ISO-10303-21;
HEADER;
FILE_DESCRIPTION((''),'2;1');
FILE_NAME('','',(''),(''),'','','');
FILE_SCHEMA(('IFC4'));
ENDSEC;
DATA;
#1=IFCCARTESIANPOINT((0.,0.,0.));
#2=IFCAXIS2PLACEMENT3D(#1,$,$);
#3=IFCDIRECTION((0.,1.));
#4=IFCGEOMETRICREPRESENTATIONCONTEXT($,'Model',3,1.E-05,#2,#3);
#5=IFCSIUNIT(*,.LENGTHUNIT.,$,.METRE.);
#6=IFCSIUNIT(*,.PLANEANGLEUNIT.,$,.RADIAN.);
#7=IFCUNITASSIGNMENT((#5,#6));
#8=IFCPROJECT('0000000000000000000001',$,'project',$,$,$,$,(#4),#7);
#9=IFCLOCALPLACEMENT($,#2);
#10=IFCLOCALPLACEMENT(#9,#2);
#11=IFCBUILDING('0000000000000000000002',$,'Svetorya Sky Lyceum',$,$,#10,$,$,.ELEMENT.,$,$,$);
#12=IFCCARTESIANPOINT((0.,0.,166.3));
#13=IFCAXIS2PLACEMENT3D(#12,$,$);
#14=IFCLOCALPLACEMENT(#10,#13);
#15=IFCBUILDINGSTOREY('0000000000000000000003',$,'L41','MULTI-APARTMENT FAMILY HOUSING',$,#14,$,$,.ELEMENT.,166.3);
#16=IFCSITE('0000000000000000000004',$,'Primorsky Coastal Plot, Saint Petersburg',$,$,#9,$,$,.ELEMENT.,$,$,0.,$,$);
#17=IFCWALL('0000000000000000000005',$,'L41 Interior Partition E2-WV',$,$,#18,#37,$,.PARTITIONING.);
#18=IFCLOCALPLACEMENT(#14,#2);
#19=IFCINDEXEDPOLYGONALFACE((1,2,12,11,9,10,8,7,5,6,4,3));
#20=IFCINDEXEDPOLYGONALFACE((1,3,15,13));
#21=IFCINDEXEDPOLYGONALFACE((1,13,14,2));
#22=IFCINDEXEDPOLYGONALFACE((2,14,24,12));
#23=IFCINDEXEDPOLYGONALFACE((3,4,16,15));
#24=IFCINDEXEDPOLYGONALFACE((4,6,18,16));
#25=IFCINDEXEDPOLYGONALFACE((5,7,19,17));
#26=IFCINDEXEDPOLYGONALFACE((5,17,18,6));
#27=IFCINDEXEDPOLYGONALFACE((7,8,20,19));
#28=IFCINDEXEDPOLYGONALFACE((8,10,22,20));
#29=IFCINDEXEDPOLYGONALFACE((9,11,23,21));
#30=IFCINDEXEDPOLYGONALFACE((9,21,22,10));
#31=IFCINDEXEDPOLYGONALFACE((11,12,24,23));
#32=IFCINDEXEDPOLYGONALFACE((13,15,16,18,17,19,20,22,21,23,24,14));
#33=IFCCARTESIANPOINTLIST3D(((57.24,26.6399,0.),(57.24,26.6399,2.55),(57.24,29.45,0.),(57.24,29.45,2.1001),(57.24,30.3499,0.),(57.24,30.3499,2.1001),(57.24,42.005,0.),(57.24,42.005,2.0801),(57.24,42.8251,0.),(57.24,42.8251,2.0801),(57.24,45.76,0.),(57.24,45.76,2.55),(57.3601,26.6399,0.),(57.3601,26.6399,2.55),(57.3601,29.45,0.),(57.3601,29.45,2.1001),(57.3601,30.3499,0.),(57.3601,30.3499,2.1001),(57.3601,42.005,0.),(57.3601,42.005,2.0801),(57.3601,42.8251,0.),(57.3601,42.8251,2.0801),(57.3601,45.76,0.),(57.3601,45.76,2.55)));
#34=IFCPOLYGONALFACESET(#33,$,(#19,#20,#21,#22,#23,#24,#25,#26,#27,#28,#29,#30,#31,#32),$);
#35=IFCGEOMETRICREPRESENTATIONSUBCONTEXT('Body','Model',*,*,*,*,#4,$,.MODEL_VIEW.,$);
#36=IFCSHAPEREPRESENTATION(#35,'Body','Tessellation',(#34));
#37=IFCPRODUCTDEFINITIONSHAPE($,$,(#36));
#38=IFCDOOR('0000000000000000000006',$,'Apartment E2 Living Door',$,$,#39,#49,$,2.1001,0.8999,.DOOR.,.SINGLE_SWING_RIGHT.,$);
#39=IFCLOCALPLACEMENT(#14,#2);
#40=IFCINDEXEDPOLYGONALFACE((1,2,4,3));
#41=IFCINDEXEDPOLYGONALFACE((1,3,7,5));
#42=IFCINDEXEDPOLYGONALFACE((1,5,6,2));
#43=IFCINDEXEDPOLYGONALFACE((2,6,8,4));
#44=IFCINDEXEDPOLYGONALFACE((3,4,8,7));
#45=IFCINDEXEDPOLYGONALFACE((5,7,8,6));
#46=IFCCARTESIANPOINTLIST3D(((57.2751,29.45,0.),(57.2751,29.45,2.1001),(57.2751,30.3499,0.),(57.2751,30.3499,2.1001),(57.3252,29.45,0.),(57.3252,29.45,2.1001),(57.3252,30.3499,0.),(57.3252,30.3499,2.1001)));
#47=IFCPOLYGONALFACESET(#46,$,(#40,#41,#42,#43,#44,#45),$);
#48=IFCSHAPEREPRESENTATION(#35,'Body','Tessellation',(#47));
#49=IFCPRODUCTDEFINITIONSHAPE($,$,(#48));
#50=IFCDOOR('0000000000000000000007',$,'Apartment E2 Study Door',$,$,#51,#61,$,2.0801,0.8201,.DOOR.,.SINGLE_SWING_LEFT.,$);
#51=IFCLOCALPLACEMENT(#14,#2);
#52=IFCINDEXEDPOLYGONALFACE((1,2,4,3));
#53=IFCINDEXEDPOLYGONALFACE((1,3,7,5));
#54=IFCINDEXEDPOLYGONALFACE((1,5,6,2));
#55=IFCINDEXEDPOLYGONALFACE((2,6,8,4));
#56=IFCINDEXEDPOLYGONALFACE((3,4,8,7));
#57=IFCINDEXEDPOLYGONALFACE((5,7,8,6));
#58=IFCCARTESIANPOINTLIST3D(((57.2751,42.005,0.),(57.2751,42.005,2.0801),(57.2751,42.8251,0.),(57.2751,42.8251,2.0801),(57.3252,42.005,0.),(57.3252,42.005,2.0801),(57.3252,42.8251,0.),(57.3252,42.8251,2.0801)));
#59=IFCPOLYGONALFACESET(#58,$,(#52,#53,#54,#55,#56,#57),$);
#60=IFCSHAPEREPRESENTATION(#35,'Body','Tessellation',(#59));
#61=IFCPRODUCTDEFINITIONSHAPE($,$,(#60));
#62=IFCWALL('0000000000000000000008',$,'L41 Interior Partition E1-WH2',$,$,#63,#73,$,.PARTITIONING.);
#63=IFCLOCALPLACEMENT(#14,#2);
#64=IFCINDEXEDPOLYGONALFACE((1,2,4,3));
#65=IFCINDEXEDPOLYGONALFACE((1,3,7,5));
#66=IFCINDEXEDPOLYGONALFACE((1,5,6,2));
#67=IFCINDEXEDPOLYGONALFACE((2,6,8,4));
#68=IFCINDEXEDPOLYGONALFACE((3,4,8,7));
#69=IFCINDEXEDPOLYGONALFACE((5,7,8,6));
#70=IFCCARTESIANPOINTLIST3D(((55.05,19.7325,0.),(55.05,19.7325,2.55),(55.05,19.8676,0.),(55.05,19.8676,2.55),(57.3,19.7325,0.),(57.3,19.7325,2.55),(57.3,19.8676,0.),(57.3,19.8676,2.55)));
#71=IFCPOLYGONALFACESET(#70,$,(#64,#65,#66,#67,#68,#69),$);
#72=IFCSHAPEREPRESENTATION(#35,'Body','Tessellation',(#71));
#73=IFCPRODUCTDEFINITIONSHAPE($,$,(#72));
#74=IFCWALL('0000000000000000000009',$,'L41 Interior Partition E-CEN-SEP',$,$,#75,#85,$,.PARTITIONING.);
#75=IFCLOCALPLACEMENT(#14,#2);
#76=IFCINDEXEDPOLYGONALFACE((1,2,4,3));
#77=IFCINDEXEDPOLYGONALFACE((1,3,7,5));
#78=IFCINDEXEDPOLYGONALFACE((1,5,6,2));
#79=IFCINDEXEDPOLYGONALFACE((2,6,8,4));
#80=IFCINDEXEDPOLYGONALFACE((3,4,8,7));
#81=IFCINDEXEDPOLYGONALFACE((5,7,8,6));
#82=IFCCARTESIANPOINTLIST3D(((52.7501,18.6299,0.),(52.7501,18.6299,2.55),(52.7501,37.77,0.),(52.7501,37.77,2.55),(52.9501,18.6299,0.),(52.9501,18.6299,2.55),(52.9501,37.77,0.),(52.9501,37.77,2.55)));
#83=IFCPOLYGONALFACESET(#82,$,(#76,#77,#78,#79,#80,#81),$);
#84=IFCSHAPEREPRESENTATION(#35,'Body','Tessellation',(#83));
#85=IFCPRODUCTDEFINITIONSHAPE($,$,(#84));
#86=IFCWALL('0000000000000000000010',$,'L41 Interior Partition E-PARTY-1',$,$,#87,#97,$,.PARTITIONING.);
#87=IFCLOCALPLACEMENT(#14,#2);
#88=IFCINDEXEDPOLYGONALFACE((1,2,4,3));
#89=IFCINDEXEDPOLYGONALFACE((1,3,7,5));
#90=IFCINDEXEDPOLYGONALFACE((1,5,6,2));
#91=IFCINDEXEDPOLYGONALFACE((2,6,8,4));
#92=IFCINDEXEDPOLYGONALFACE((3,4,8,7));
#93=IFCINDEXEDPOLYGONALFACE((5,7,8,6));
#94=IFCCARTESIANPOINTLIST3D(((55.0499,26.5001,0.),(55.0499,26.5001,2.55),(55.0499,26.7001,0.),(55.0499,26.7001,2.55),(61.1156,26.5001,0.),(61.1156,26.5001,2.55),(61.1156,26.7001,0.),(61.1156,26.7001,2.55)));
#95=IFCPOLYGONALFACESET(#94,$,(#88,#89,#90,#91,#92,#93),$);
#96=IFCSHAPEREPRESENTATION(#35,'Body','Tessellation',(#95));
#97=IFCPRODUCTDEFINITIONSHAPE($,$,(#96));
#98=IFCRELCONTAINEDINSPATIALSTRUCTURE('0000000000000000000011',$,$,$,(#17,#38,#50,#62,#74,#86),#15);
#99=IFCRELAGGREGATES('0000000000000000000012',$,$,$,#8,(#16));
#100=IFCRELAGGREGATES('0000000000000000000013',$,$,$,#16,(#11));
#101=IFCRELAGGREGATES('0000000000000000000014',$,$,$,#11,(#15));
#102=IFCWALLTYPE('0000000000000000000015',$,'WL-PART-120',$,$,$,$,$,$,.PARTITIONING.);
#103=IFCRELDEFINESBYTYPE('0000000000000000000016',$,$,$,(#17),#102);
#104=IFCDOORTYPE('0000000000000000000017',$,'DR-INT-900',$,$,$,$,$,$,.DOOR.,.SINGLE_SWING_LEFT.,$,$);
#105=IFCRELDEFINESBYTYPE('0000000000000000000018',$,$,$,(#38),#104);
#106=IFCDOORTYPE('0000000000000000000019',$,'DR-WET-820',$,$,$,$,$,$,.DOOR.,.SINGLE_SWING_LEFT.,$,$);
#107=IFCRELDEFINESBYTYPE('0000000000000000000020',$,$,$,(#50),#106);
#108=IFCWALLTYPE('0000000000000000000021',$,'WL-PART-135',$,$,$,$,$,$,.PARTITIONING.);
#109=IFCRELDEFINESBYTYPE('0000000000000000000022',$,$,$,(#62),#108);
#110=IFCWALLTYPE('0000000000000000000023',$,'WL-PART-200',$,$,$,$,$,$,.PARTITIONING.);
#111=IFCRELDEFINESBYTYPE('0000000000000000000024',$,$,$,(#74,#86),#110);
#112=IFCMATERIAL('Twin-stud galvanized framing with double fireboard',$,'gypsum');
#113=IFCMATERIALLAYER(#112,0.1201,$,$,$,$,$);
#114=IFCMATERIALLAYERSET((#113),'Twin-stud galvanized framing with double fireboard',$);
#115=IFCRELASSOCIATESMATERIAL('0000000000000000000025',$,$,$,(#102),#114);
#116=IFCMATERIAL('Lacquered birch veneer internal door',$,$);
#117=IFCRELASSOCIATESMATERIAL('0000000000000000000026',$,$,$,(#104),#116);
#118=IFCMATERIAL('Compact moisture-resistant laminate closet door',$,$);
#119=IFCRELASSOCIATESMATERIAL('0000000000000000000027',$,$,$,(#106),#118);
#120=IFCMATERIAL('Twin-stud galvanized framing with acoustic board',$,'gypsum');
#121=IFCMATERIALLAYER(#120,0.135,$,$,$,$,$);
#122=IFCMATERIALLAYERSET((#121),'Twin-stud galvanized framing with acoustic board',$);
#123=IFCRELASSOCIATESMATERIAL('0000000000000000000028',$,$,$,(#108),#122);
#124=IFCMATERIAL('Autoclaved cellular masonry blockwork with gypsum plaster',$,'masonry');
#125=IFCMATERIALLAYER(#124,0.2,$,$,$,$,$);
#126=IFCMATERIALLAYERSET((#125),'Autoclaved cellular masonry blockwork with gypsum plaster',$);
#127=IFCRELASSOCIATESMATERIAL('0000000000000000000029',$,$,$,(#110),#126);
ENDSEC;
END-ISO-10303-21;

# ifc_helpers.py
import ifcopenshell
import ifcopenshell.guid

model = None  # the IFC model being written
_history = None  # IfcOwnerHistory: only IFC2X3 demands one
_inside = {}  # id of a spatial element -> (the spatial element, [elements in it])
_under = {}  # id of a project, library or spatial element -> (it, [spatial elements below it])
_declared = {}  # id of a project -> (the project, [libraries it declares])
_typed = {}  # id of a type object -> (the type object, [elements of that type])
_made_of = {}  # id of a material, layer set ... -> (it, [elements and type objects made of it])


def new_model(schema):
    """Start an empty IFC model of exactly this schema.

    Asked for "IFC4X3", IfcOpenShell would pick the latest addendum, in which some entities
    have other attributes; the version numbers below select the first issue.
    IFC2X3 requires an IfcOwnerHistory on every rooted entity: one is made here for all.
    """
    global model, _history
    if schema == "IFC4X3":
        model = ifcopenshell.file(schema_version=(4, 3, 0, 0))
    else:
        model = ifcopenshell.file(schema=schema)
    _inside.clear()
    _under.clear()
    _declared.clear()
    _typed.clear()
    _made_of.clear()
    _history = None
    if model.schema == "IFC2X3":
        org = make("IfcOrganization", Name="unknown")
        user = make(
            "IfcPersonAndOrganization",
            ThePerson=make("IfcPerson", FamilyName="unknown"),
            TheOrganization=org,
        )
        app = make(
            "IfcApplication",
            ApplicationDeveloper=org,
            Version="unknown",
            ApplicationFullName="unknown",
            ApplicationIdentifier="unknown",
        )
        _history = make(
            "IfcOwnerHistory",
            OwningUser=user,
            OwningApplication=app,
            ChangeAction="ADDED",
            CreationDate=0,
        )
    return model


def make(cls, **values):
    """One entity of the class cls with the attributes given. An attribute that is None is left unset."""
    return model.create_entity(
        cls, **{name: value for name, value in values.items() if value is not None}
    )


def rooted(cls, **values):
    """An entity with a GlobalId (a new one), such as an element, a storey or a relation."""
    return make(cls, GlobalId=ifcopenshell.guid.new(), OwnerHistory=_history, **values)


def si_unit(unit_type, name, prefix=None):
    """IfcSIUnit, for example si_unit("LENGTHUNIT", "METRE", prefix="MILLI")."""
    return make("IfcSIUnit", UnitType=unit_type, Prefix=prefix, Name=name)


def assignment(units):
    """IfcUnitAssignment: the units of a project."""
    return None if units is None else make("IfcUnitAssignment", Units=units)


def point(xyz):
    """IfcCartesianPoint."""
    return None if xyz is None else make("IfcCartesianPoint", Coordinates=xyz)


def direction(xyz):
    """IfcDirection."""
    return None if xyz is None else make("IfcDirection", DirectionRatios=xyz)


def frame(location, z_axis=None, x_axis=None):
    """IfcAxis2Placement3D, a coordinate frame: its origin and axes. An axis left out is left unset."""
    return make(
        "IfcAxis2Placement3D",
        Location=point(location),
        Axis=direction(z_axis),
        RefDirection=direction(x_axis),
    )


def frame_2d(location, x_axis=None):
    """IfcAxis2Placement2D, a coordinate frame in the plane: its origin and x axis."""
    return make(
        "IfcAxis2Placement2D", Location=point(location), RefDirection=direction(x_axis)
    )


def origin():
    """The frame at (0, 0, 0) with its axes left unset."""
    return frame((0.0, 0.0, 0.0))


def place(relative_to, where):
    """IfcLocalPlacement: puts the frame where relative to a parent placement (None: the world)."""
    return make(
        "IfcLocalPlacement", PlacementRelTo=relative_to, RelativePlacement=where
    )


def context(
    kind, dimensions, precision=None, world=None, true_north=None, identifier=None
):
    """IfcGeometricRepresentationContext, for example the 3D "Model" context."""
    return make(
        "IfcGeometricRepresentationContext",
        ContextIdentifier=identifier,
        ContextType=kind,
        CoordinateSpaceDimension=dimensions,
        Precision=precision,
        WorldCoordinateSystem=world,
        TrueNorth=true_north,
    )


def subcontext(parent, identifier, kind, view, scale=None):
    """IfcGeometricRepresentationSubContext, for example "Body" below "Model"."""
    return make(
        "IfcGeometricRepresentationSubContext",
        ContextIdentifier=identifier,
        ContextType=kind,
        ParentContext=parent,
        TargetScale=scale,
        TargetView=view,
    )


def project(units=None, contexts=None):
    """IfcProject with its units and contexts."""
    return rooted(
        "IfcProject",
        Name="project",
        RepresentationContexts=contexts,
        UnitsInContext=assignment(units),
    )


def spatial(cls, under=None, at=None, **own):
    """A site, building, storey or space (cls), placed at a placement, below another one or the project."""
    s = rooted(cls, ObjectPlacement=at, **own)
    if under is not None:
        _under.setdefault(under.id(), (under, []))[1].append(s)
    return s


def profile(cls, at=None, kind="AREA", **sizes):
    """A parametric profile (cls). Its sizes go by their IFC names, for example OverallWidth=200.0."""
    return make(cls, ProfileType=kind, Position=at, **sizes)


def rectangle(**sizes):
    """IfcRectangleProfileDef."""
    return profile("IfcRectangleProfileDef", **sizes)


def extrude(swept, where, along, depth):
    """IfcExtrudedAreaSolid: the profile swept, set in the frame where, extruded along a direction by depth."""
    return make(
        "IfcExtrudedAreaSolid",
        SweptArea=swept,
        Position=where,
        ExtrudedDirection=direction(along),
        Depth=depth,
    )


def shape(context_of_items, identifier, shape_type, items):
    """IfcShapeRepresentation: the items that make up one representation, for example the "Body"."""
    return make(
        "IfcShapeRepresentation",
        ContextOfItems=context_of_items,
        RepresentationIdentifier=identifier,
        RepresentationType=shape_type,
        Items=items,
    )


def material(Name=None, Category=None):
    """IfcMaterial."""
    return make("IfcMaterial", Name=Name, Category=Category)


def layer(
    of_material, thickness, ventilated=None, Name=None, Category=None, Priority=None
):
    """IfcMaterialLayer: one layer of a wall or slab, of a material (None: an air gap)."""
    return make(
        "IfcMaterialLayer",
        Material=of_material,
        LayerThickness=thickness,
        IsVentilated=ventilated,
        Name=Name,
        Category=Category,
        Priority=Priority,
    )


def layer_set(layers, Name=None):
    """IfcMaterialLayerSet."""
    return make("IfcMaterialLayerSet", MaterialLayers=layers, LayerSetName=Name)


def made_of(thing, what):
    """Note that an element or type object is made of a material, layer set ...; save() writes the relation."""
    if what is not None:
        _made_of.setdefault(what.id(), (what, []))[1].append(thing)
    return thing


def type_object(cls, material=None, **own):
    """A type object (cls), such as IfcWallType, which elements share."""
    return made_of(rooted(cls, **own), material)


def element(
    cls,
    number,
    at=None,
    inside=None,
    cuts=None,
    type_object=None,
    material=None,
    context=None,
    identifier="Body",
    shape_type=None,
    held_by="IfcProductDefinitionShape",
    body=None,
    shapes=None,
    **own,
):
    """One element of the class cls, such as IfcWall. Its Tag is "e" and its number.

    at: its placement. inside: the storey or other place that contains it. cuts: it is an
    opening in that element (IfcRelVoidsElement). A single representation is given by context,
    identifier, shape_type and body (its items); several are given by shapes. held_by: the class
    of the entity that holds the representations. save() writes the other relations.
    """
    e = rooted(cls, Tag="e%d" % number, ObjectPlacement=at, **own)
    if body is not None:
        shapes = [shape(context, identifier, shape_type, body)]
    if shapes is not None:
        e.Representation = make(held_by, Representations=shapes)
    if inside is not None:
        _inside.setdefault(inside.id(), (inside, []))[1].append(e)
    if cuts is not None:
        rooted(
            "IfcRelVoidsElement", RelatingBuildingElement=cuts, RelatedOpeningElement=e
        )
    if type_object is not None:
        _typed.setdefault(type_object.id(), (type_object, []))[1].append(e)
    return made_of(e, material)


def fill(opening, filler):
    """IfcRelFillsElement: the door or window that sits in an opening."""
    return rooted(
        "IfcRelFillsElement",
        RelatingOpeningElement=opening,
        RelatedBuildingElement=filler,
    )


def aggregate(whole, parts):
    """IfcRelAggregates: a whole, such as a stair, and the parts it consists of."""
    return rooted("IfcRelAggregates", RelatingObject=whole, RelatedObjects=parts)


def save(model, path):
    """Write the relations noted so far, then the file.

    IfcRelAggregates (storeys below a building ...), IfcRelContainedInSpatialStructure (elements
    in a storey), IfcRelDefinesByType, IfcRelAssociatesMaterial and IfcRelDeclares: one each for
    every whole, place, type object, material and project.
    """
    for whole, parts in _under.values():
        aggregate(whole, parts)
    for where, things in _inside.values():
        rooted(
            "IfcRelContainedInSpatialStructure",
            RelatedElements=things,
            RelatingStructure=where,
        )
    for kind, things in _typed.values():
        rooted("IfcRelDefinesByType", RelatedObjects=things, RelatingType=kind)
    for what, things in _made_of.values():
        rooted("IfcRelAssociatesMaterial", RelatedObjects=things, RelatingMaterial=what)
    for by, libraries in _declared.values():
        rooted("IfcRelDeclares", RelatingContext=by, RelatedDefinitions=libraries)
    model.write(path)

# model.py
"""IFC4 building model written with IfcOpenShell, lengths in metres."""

from ifc_helpers import new_model, si_unit, direction, frame, frame_2d, origin, place, context, subcontext, project, spatial, rectangle, extrude, material, layer, layer_set, type_object, element, fill, save


model = new_model("IFC4")

# Units and contexts
model_context = context("Model", 3, precision=1e-05, world=origin(), true_north=direction((0.0, 1.0)))
body_context = subcontext(model_context, "Body", "Model", "MODEL_VIEW")
ifc_project = project(units=[si_unit("LENGTHUNIT", "METRE"), si_unit("PLANEANGLEUNIT", "RADIAN")], contexts=[model_context])

# Site, building, storey
site_placement = place(None, origin())
site = spatial("IfcSite", under=ifc_project, at=site_placement, Name="Primorsky Coastal Plot, Saint Petersburg", CompositionType="ELEMENT", RefElevation=0.0)
building_placement = place(site_placement, origin())
building = spatial("IfcBuilding", under=site, at=building_placement, Name="Svetorya Sky Lyceum", CompositionType="ELEMENT")
storey_placement = place(building_placement, frame((0.0, 0.0, 166.3)))
storey = spatial("IfcBuildingStorey", under=building, at=storey_placement, Name="L41", Description="MULTI-APARTMENT FAMILY HOUSING", CompositionType="ELEMENT", Elevation=166.3)

# Shared definitions
ifc_material_1 = material(Name="Twin-stud galvanized framing with double fireboard", Category="gypsum")
ifc_layer_1 = layer(ifc_material_1, 0.1201)
ifc_layer_set_1 = layer_set([ifc_layer_1], Name="Twin-stud galvanized framing with double fireboard")
wall_type_1 = type_object("IfcWallType", Name="WL-PART-120", PredefinedType="PARTITIONING", material=ifc_layer_set_1)
ifc_material_2 = material(Name="Lacquered birch veneer internal door")
door_type_1 = type_object("IfcDoorType", Name="DR-INT-900", OperationType="SINGLE_SWING_LEFT", PredefinedType="DOOR", material=ifc_material_2)

# Wall, openings, doors
ifc_material_3 = material(Name="Compact moisture-resistant laminate closet door")
door_type_2 = type_object("IfcDoorType", Name="DR-WET-820", OperationType="SINGLE_SWING_LEFT", PredefinedType="DOOR", material=ifc_material_3)
wall_1_placement = place(storey_placement, frame((57.3, 26.6399, 0.0), z_axis=(0.0, 0.0, 1.0), x_axis=(0.0, 1.0, 0.0)))
wall_1 = element("IfcWall", 1, at=wall_1_placement, inside=storey, type_object=wall_type_1, Name="L41 Interior Partition E2-WV", PredefinedType="PARTITIONING", context=body_context, shape_type="SweptSolid", body=[
    extrude(rectangle(XDim=19.1201, YDim=0.1201, at=frame_2d((9.5601, 0.0))), origin(), (0.0, 0.0, 1.0), 2.55),
])
opening_1_placement = place(wall_1_placement, frame((2.8101, 0.0, 0.0)))
opening_1 = element("IfcOpeningElement", 2, at=opening_1_placement, cuts=wall_1, PredefinedType="OPENING", context=body_context, shape_type="SweptSolid", body=[
    extrude(rectangle(XDim=0.8999, YDim=2.1001, at=frame_2d((0.45, 1.05))), frame((0.0, 0.0701, 0.0), z_axis=(0.0, -1.0, 0.0), x_axis=(1.0, 0.0, 0.0)), (0.0, 0.0, 1.0), 0.1401),
])
opening_2_placement = place(wall_1_placement, frame((15.365, 0.0, 0.0)))
opening_2 = element("IfcOpeningElement", 3, at=opening_2_placement, cuts=wall_1, PredefinedType="OPENING", context=body_context, shape_type="SweptSolid", body=[
    extrude(rectangle(XDim=0.8201, YDim=2.0801, at=frame_2d((0.4102, 1.04))), frame((0.0, 0.0701, 0.0), z_axis=(0.0, -1.0, 0.0), x_axis=(1.0, 0.0, 0.0)), (0.0, 0.0, 1.0), 0.1401),
])
door_1_placement = place(opening_1_placement, origin())
door_1 = element("IfcDoor", 4, at=door_1_placement, inside=storey, type_object=door_type_1, Name="Apartment E2 Living Door", OperationType="SINGLE_SWING_RIGHT", OverallHeight=2.1001, OverallWidth=0.8999, PredefinedType="DOOR", context=body_context, shape_type="SweptSolid", body=[
    extrude(rectangle(XDim=0.8999, YDim=2.1001, at=frame_2d((0.45, 1.05))), frame((0.0, 0.0249, 0.0), z_axis=(0.0, -1.0, 0.0), x_axis=(1.0, 0.0, 0.0)), (0.0, 0.0, 1.0), 0.05),
])
fill(opening_1, door_1)
door_2_placement = place(opening_2_placement, origin())
door_2 = element("IfcDoor", 5, at=door_2_placement, inside=storey, type_object=door_type_2, Name="Apartment E2 Study Door", OperationType="SINGLE_SWING_LEFT", OverallHeight=2.0801, OverallWidth=0.8201, PredefinedType="DOOR", context=body_context, shape_type="SweptSolid", body=[
    extrude(rectangle(XDim=0.8201, YDim=2.0801, at=frame_2d((0.4102, 1.04))), frame((0.0, 0.0249, 0.0), z_axis=(0.0, -1.0, 0.0), x_axis=(1.0, 0.0, 0.0)), (0.0, 0.0, 1.0), 0.05),
])
fill(opening_2, door_2)

# Walls
ifc_material_4 = material(Name="Twin-stud galvanized framing with acoustic board", Category="gypsum")
ifc_layer_2 = layer(ifc_material_4, 0.135)
ifc_layer_set_2 = layer_set([ifc_layer_2], Name="Twin-stud galvanized framing with acoustic board")
wall_type_2 = type_object("IfcWallType", Name="WL-PART-135", PredefinedType="PARTITIONING", material=ifc_layer_set_2)
wall_2_placement = place(storey_placement, frame((55.05, 19.8, 0.0), z_axis=(0.0, 0.0, 1.0), x_axis=(1.0, 0.0, 0.0)))
element("IfcWall", 6, at=wall_2_placement, inside=storey, type_object=wall_type_2, Name="L41 Interior Partition E1-WH2", PredefinedType="PARTITIONING", context=body_context, shape_type="SweptSolid", body=[
    extrude(rectangle(XDim=2.25, YDim=0.135, at=frame_2d((1.125, 0.0))), origin(), (0.0, 0.0, 1.0), 2.55),
])
ifc_material_5 = material(Name="Autoclaved cellular masonry blockwork with gypsum plaster", Category="masonry")
ifc_layer_3 = layer(ifc_material_5, 0.2)
ifc_layer_set_3 = layer_set([ifc_layer_3], Name="Autoclaved cellular masonry blockwork with gypsum plaster")
wall_type_3 = type_object("IfcWallType", Name="WL-PART-200", PredefinedType="PARTITIONING", material=ifc_layer_set_3)
wall_3_placement = place(storey_placement, frame((52.8501, 18.6299, 0.0), z_axis=(0.0, 0.0, 1.0), x_axis=(0.0, 1.0, 0.0)))
element("IfcWall", 7, at=wall_3_placement, inside=storey, type_object=wall_type_3, Name="L41 Interior Partition E-CEN-SEP", PredefinedType="PARTITIONING", context=body_context, shape_type="SweptSolid", body=[
    extrude(rectangle(XDim=19.1401, YDim=0.2, at=frame_2d((9.5701, 0.0))), origin(), (0.0, 0.0, 1.0), 2.55),
])
wall_4_placement = place(storey_placement, frame((55.05, 26.6001, 0.0), z_axis=(0.0, 0.0, 1.0), x_axis=(1.0, 0.0, 0.0)))
element("IfcWall", 8, at=wall_4_placement, inside=storey, type_object=wall_type_3, Name="L41 Interior Partition E-PARTY-1", PredefinedType="PARTITIONING", context=body_context, shape_type="SweptSolid", body=[
    extrude(rectangle(XDim=6.0657, YDim=0.2, at=frame_2d((3.0327, 0.0))), origin(), (0.0, 0.0, 1.0), 2.55),
])

save(model, "model.ifc")
